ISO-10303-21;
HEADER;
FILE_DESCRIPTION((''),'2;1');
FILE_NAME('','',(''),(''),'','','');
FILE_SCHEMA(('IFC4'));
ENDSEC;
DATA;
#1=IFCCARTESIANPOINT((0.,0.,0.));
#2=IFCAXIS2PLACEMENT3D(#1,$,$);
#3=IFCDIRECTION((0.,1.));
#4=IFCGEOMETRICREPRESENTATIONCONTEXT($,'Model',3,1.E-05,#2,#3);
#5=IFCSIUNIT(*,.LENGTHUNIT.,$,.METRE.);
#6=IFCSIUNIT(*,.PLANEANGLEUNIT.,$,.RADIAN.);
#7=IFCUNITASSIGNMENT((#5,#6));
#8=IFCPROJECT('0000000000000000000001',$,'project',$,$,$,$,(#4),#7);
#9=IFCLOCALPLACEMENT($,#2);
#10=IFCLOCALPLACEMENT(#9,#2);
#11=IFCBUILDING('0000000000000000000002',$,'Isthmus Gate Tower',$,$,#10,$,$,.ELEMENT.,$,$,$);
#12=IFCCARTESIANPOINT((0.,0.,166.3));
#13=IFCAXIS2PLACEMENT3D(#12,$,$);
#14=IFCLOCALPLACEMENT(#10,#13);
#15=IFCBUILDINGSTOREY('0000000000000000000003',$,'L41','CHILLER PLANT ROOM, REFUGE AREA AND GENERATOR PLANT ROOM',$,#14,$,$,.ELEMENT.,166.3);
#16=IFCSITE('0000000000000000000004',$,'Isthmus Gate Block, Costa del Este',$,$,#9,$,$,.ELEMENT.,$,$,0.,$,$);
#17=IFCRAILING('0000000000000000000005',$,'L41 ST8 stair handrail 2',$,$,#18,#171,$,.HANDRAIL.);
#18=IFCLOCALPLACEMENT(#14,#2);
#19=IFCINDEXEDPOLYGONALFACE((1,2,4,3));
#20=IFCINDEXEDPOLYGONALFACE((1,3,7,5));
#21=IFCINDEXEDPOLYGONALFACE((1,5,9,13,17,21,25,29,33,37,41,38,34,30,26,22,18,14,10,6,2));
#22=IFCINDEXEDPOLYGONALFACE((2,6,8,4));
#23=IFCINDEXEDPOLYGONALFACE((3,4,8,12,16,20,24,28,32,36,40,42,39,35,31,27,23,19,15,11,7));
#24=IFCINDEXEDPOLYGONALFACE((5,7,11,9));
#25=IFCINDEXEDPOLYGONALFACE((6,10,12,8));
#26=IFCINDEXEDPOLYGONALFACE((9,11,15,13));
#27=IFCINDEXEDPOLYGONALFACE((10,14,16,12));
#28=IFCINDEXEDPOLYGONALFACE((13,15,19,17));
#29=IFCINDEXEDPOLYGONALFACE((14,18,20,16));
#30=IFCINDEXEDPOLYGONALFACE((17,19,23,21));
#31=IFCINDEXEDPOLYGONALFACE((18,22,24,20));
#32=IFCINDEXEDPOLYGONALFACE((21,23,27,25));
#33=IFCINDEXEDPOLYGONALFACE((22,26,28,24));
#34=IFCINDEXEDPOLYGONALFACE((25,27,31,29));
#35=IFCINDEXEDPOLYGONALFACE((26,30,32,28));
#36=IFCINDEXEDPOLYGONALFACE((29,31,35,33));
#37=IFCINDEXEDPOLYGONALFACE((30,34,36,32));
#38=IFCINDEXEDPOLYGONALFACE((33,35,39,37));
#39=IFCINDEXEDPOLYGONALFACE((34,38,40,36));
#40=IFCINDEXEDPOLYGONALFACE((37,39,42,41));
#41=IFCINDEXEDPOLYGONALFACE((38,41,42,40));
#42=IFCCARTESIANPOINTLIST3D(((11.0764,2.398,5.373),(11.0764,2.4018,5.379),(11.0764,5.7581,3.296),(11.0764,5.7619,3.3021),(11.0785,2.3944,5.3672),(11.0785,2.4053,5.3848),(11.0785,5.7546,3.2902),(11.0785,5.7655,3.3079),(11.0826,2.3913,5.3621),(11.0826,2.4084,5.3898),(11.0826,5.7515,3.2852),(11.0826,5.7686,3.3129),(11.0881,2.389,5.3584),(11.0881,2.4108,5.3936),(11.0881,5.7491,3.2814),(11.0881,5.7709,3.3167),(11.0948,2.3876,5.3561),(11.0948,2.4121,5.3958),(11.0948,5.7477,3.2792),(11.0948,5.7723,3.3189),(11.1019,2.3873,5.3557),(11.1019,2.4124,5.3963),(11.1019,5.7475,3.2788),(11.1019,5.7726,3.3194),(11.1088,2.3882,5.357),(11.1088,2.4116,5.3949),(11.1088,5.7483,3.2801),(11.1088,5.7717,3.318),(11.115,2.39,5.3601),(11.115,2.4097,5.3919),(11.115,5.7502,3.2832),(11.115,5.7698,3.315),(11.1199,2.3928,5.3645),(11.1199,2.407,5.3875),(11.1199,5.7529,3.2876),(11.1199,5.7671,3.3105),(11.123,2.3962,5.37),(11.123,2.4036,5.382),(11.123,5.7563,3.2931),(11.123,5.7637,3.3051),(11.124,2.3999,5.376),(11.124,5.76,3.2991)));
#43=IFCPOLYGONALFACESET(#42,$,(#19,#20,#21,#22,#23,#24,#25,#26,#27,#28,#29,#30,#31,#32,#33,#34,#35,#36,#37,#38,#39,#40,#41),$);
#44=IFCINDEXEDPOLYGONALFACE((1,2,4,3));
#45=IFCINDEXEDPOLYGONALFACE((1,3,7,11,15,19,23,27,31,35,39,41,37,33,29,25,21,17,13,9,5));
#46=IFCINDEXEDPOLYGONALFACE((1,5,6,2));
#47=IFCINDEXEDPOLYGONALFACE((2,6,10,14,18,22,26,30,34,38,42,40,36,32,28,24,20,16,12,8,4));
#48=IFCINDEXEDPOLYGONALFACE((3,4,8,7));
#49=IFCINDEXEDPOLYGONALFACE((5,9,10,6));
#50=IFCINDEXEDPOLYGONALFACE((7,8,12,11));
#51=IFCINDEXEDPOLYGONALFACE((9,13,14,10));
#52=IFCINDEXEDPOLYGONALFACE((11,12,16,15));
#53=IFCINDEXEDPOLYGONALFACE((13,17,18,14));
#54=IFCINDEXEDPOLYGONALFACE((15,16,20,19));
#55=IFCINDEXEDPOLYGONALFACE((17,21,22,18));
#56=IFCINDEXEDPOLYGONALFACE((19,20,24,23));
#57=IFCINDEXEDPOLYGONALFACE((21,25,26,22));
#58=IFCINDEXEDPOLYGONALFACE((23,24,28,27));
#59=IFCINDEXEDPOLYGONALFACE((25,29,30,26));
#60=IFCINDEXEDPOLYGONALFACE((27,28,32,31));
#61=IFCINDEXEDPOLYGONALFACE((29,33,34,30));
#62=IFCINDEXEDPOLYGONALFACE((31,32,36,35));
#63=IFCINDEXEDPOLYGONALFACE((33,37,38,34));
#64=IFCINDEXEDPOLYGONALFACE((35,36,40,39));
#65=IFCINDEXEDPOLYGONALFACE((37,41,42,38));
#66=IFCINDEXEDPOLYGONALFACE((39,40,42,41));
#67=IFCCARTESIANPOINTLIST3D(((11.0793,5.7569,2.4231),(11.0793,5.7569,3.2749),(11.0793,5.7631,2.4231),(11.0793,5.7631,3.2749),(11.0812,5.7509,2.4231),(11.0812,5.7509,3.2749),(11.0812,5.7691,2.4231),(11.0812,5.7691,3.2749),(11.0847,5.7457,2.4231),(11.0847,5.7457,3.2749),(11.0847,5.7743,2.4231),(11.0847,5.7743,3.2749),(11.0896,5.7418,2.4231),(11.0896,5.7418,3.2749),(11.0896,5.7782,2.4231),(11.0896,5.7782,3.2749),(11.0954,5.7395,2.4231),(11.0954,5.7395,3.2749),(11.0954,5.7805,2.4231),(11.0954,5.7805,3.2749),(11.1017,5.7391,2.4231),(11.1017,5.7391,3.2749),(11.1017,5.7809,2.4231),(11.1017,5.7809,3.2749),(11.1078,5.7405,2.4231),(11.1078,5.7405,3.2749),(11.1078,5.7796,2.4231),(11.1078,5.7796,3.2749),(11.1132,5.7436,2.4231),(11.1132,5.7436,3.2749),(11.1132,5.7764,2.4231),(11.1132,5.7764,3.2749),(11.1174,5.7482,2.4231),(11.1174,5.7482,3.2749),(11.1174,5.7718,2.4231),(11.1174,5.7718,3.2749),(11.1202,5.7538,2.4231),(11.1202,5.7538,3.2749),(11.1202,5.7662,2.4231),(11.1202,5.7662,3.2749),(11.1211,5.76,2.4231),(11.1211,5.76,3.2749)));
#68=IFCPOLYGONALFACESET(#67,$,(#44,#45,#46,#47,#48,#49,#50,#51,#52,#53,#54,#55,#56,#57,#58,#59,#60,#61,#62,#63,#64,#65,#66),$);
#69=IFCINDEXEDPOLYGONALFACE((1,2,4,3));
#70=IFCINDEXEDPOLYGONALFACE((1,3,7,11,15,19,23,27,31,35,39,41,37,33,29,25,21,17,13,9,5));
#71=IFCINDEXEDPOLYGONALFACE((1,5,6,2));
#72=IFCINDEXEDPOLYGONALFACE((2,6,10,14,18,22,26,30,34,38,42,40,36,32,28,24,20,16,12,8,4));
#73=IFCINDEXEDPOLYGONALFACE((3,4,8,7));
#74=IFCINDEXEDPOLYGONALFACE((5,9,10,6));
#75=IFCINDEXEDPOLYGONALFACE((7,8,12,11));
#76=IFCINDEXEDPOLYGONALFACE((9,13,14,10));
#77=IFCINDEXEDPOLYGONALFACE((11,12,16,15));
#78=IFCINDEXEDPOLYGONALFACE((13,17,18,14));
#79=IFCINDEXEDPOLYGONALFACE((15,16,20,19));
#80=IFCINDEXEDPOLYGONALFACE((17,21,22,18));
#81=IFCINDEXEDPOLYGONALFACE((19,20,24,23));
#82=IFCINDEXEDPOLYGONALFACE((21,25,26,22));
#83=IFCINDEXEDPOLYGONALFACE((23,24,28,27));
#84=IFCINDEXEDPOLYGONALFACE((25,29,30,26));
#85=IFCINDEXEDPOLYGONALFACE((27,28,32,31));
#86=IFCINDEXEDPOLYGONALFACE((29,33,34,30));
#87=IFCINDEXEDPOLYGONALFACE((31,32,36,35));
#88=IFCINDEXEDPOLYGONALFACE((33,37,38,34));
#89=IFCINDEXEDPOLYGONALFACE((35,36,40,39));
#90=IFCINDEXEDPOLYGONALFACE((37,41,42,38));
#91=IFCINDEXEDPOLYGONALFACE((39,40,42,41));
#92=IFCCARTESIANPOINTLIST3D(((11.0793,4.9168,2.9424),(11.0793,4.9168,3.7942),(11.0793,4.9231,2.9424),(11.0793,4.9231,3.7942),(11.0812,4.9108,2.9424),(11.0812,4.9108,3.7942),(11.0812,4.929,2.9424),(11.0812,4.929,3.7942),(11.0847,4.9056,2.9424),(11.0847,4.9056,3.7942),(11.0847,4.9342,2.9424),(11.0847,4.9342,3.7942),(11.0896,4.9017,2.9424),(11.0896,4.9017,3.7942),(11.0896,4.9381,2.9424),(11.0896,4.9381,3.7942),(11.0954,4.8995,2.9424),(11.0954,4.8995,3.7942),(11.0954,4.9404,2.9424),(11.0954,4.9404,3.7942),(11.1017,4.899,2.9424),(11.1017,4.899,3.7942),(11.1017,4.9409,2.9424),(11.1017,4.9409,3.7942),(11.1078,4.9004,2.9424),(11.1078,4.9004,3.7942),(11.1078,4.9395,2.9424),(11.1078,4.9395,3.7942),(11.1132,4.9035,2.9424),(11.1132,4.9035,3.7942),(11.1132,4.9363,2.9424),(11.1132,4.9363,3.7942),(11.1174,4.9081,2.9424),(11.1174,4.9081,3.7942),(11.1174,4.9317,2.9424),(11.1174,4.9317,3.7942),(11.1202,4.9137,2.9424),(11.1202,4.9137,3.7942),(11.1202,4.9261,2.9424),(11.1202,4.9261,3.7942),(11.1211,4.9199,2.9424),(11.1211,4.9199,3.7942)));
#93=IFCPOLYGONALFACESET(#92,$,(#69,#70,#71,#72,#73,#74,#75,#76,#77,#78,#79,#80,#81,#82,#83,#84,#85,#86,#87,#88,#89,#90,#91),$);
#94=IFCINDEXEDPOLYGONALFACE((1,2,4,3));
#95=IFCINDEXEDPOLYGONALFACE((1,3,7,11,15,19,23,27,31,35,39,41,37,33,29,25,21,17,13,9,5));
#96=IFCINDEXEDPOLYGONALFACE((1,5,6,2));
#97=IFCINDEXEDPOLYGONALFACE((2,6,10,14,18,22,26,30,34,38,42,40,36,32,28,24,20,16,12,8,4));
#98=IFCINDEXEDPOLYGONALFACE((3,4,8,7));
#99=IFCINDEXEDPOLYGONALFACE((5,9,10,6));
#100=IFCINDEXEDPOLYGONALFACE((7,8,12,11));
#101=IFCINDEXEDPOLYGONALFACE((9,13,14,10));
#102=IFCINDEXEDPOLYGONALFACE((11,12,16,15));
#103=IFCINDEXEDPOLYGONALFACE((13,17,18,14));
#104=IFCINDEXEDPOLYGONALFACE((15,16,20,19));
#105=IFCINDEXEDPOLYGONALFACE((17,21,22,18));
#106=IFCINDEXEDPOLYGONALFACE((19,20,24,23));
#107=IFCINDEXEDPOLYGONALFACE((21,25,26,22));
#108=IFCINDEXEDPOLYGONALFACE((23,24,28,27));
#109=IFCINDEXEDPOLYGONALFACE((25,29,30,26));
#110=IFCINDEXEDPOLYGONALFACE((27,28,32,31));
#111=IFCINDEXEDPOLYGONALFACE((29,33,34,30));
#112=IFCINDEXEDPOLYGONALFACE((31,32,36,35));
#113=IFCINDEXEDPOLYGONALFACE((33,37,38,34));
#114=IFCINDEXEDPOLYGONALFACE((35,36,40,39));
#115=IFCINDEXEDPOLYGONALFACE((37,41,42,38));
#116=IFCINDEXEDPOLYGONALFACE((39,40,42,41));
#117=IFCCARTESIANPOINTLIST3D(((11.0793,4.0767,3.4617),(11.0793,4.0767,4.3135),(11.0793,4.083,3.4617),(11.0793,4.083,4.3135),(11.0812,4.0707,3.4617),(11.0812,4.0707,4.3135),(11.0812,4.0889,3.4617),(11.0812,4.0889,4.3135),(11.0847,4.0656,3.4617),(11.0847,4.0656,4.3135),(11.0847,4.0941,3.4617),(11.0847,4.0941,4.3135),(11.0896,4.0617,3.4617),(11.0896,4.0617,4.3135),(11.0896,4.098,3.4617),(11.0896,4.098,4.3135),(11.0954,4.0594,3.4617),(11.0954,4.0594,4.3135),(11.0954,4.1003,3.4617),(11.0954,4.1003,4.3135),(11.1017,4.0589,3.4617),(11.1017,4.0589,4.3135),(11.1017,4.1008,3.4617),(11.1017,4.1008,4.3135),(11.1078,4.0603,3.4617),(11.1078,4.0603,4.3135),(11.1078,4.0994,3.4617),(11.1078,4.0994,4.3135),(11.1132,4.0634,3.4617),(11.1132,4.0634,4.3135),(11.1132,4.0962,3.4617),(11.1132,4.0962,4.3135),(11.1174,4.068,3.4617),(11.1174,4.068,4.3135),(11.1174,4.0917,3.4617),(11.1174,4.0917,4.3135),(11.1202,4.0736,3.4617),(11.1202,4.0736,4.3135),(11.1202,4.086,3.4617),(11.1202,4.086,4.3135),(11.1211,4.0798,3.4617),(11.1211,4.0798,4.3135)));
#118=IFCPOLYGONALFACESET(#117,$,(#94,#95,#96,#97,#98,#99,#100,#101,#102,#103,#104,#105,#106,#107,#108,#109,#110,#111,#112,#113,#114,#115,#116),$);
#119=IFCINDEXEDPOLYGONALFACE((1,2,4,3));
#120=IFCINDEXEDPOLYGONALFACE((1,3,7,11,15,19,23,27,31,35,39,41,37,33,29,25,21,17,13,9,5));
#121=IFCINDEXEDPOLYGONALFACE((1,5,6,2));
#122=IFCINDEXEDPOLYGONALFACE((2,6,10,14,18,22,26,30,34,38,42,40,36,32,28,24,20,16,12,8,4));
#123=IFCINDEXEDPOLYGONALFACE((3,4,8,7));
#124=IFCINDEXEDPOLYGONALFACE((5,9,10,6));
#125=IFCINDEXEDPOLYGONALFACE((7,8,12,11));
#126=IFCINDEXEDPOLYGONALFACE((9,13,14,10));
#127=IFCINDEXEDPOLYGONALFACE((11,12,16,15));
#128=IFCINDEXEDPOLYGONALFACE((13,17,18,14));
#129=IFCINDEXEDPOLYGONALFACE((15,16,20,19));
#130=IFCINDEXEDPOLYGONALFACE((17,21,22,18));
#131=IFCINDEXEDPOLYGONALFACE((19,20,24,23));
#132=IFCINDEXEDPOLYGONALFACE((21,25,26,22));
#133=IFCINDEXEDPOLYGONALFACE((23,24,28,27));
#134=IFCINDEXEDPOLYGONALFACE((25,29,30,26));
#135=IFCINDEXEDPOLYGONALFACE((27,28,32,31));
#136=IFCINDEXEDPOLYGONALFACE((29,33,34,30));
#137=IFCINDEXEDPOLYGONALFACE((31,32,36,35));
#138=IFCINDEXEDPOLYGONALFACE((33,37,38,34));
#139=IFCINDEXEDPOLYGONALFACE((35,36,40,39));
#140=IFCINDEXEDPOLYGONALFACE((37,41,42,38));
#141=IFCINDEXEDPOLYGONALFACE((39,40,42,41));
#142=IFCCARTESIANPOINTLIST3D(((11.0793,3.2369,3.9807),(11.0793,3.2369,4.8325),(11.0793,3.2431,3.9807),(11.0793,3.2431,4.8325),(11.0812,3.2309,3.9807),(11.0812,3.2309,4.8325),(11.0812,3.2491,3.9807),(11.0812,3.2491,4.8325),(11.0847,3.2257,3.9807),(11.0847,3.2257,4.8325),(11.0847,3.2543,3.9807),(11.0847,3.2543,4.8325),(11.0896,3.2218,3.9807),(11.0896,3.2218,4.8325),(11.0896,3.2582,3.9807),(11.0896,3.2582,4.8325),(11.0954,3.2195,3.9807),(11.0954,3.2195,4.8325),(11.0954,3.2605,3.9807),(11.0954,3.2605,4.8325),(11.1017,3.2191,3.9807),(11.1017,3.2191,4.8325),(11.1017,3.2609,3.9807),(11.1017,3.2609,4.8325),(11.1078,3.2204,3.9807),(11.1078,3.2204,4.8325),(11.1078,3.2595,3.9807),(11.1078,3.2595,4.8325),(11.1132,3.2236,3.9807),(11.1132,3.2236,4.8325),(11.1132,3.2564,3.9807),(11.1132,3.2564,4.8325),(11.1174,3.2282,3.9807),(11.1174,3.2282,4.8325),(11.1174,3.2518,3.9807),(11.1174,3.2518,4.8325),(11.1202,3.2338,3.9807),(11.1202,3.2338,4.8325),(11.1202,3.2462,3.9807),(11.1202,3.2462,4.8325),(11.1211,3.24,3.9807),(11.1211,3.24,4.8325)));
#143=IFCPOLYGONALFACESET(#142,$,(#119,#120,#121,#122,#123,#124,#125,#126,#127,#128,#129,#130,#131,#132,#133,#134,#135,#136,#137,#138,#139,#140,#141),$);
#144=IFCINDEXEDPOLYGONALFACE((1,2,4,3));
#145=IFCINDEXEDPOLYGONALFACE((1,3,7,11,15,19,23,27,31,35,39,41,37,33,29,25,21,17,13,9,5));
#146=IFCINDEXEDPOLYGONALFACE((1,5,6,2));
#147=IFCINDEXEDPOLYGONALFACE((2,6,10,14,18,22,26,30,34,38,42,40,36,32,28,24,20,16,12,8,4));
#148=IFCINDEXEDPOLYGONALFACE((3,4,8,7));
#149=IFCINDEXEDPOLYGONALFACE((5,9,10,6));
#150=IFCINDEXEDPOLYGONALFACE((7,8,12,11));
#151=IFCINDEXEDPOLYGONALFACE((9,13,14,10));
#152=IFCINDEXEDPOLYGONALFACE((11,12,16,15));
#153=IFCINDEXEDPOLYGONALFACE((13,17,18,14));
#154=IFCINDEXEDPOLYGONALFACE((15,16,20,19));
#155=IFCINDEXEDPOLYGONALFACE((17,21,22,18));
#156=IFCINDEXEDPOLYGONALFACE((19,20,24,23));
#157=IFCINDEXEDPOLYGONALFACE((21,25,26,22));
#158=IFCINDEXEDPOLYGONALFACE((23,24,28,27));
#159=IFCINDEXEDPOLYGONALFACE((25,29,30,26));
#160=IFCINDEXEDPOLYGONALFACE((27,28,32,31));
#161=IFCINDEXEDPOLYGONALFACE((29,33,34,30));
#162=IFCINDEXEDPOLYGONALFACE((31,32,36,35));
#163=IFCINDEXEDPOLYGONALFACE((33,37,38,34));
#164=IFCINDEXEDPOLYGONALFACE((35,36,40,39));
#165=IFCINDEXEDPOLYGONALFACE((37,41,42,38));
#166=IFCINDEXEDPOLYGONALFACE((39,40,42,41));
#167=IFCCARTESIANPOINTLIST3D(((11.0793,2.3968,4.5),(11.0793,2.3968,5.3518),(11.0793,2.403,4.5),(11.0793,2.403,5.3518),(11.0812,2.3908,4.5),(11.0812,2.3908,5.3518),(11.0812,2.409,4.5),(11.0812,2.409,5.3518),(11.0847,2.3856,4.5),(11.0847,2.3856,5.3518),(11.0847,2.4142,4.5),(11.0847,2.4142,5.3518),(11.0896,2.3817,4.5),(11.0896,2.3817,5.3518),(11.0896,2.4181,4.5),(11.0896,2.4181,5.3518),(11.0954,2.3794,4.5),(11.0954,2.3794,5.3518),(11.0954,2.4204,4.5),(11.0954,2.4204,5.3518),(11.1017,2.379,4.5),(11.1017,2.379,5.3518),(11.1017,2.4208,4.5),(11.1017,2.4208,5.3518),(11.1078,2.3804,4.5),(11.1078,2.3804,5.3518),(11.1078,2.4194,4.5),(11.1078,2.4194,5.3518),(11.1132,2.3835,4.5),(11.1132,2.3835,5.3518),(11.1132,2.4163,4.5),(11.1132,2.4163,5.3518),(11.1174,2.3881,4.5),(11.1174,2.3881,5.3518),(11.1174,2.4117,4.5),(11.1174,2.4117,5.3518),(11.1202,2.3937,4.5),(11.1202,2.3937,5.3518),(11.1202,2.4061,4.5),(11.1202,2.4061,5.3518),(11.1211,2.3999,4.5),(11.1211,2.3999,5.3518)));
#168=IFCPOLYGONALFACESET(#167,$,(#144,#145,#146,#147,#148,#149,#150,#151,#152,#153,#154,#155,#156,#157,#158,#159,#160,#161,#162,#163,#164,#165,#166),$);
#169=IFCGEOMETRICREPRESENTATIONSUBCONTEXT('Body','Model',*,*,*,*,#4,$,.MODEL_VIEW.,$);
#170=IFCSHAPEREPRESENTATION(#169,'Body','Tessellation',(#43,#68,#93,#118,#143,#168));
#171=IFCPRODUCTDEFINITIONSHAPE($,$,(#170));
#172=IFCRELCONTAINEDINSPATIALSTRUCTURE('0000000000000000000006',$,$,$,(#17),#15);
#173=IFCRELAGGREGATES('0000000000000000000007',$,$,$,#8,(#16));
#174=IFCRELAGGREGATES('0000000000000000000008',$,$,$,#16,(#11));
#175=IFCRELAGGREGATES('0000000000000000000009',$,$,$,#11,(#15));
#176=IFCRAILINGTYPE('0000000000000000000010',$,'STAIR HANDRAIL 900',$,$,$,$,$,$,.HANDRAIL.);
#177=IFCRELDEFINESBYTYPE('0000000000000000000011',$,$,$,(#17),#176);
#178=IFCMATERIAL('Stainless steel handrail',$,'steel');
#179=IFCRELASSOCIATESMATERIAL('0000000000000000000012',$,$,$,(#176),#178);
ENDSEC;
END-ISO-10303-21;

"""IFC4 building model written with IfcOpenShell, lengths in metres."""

from ifc_helpers import new_model, si_unit, direction, frame, origin, origin_2d, place, context, subcontext, project, spatial, circle, extrude, material, type_object, element, save


model = new_model("IFC4")

# Units and contexts
model_context = context("Model", 3, precision=1e-05, world=origin(), true_north=direction((0.0, 1.0)))
body_context = subcontext(model_context, "Body", "Model", "MODEL_VIEW")
ifc_project = project(units=[si_unit("LENGTHUNIT", "METRE"), si_unit("PLANEANGLEUNIT", "RADIAN")], contexts=[model_context])

# Site, building, storey
site_placement = place(None, origin())
site = spatial("IfcSite", under=ifc_project, at=site_placement, Name="Isthmus Gate Block, Costa del Este", CompositionType="ELEMENT", RefElevation=0.0)
building_placement = place(site_placement, origin())
building = spatial("IfcBuilding", under=site, at=building_placement, Name="Isthmus Gate Tower", CompositionType="ELEMENT")
storey_placement = place(building_placement, frame((0.0, 0.0, 166.3)))
storey = spatial("IfcBuildingStorey", under=building, at=storey_placement, Name="L41", Description="CHILLER PLANT ROOM, REFUGE AREA AND GENERATOR PLANT ROOM", CompositionType="ELEMENT", Elevation=166.3)

# Railing
ifc_material_1 = material(Name="Stainless steel handrail", Category="steel")
railing_type_1 = type_object("IfcRailingType", Name="STAIR HANDRAIL 900", PredefinedType="HANDRAIL", material=ifc_material_1)
railing_1_placement = place(storey_placement, frame((11.1001, 5.76, 2.4231)))
element("IfcRailing", 1, at=railing_1_placement, inside=storey, type_object=railing_type_1, Name="L41 ST8 stair handrail 2", PredefinedType="HANDRAIL", context=body_context, shape_type="SweptSolid", body=[
    extrude(circle(Radius=0.0239, at=origin_2d()), frame((0.0, 0.0, 0.876), z_axis=(0.0, -0.850623, 0.525776), x_axis=(1.0, 0.0, 0.0)), (0.0, 0.0, 1.0), 3.9502),
    extrude(circle(Radius=0.021, at=origin_2d()), origin(), (0.0, 0.0, 1.0), 0.8518),
    extrude(circle(Radius=0.021, at=origin_2d()), frame((0.0, -0.8401, 0.5193)), (0.0, 0.0, 1.0), 0.8518),
    extrude(circle(Radius=0.021, at=origin_2d()), frame((0.0, -1.6802, 1.0386)), (0.0, 0.0, 1.0), 0.8518),
    extrude(circle(Radius=0.021, at=origin_2d()), frame((0.0, -2.52, 1.5576)), (0.0, 0.0, 1.0), 0.8518),
    extrude(circle(Radius=0.021, at=origin_2d()), frame((0.0, -3.3601, 2.0769)), (0.0, 0.0, 1.0), 0.8518),
])

save(model, "model.ifc")
